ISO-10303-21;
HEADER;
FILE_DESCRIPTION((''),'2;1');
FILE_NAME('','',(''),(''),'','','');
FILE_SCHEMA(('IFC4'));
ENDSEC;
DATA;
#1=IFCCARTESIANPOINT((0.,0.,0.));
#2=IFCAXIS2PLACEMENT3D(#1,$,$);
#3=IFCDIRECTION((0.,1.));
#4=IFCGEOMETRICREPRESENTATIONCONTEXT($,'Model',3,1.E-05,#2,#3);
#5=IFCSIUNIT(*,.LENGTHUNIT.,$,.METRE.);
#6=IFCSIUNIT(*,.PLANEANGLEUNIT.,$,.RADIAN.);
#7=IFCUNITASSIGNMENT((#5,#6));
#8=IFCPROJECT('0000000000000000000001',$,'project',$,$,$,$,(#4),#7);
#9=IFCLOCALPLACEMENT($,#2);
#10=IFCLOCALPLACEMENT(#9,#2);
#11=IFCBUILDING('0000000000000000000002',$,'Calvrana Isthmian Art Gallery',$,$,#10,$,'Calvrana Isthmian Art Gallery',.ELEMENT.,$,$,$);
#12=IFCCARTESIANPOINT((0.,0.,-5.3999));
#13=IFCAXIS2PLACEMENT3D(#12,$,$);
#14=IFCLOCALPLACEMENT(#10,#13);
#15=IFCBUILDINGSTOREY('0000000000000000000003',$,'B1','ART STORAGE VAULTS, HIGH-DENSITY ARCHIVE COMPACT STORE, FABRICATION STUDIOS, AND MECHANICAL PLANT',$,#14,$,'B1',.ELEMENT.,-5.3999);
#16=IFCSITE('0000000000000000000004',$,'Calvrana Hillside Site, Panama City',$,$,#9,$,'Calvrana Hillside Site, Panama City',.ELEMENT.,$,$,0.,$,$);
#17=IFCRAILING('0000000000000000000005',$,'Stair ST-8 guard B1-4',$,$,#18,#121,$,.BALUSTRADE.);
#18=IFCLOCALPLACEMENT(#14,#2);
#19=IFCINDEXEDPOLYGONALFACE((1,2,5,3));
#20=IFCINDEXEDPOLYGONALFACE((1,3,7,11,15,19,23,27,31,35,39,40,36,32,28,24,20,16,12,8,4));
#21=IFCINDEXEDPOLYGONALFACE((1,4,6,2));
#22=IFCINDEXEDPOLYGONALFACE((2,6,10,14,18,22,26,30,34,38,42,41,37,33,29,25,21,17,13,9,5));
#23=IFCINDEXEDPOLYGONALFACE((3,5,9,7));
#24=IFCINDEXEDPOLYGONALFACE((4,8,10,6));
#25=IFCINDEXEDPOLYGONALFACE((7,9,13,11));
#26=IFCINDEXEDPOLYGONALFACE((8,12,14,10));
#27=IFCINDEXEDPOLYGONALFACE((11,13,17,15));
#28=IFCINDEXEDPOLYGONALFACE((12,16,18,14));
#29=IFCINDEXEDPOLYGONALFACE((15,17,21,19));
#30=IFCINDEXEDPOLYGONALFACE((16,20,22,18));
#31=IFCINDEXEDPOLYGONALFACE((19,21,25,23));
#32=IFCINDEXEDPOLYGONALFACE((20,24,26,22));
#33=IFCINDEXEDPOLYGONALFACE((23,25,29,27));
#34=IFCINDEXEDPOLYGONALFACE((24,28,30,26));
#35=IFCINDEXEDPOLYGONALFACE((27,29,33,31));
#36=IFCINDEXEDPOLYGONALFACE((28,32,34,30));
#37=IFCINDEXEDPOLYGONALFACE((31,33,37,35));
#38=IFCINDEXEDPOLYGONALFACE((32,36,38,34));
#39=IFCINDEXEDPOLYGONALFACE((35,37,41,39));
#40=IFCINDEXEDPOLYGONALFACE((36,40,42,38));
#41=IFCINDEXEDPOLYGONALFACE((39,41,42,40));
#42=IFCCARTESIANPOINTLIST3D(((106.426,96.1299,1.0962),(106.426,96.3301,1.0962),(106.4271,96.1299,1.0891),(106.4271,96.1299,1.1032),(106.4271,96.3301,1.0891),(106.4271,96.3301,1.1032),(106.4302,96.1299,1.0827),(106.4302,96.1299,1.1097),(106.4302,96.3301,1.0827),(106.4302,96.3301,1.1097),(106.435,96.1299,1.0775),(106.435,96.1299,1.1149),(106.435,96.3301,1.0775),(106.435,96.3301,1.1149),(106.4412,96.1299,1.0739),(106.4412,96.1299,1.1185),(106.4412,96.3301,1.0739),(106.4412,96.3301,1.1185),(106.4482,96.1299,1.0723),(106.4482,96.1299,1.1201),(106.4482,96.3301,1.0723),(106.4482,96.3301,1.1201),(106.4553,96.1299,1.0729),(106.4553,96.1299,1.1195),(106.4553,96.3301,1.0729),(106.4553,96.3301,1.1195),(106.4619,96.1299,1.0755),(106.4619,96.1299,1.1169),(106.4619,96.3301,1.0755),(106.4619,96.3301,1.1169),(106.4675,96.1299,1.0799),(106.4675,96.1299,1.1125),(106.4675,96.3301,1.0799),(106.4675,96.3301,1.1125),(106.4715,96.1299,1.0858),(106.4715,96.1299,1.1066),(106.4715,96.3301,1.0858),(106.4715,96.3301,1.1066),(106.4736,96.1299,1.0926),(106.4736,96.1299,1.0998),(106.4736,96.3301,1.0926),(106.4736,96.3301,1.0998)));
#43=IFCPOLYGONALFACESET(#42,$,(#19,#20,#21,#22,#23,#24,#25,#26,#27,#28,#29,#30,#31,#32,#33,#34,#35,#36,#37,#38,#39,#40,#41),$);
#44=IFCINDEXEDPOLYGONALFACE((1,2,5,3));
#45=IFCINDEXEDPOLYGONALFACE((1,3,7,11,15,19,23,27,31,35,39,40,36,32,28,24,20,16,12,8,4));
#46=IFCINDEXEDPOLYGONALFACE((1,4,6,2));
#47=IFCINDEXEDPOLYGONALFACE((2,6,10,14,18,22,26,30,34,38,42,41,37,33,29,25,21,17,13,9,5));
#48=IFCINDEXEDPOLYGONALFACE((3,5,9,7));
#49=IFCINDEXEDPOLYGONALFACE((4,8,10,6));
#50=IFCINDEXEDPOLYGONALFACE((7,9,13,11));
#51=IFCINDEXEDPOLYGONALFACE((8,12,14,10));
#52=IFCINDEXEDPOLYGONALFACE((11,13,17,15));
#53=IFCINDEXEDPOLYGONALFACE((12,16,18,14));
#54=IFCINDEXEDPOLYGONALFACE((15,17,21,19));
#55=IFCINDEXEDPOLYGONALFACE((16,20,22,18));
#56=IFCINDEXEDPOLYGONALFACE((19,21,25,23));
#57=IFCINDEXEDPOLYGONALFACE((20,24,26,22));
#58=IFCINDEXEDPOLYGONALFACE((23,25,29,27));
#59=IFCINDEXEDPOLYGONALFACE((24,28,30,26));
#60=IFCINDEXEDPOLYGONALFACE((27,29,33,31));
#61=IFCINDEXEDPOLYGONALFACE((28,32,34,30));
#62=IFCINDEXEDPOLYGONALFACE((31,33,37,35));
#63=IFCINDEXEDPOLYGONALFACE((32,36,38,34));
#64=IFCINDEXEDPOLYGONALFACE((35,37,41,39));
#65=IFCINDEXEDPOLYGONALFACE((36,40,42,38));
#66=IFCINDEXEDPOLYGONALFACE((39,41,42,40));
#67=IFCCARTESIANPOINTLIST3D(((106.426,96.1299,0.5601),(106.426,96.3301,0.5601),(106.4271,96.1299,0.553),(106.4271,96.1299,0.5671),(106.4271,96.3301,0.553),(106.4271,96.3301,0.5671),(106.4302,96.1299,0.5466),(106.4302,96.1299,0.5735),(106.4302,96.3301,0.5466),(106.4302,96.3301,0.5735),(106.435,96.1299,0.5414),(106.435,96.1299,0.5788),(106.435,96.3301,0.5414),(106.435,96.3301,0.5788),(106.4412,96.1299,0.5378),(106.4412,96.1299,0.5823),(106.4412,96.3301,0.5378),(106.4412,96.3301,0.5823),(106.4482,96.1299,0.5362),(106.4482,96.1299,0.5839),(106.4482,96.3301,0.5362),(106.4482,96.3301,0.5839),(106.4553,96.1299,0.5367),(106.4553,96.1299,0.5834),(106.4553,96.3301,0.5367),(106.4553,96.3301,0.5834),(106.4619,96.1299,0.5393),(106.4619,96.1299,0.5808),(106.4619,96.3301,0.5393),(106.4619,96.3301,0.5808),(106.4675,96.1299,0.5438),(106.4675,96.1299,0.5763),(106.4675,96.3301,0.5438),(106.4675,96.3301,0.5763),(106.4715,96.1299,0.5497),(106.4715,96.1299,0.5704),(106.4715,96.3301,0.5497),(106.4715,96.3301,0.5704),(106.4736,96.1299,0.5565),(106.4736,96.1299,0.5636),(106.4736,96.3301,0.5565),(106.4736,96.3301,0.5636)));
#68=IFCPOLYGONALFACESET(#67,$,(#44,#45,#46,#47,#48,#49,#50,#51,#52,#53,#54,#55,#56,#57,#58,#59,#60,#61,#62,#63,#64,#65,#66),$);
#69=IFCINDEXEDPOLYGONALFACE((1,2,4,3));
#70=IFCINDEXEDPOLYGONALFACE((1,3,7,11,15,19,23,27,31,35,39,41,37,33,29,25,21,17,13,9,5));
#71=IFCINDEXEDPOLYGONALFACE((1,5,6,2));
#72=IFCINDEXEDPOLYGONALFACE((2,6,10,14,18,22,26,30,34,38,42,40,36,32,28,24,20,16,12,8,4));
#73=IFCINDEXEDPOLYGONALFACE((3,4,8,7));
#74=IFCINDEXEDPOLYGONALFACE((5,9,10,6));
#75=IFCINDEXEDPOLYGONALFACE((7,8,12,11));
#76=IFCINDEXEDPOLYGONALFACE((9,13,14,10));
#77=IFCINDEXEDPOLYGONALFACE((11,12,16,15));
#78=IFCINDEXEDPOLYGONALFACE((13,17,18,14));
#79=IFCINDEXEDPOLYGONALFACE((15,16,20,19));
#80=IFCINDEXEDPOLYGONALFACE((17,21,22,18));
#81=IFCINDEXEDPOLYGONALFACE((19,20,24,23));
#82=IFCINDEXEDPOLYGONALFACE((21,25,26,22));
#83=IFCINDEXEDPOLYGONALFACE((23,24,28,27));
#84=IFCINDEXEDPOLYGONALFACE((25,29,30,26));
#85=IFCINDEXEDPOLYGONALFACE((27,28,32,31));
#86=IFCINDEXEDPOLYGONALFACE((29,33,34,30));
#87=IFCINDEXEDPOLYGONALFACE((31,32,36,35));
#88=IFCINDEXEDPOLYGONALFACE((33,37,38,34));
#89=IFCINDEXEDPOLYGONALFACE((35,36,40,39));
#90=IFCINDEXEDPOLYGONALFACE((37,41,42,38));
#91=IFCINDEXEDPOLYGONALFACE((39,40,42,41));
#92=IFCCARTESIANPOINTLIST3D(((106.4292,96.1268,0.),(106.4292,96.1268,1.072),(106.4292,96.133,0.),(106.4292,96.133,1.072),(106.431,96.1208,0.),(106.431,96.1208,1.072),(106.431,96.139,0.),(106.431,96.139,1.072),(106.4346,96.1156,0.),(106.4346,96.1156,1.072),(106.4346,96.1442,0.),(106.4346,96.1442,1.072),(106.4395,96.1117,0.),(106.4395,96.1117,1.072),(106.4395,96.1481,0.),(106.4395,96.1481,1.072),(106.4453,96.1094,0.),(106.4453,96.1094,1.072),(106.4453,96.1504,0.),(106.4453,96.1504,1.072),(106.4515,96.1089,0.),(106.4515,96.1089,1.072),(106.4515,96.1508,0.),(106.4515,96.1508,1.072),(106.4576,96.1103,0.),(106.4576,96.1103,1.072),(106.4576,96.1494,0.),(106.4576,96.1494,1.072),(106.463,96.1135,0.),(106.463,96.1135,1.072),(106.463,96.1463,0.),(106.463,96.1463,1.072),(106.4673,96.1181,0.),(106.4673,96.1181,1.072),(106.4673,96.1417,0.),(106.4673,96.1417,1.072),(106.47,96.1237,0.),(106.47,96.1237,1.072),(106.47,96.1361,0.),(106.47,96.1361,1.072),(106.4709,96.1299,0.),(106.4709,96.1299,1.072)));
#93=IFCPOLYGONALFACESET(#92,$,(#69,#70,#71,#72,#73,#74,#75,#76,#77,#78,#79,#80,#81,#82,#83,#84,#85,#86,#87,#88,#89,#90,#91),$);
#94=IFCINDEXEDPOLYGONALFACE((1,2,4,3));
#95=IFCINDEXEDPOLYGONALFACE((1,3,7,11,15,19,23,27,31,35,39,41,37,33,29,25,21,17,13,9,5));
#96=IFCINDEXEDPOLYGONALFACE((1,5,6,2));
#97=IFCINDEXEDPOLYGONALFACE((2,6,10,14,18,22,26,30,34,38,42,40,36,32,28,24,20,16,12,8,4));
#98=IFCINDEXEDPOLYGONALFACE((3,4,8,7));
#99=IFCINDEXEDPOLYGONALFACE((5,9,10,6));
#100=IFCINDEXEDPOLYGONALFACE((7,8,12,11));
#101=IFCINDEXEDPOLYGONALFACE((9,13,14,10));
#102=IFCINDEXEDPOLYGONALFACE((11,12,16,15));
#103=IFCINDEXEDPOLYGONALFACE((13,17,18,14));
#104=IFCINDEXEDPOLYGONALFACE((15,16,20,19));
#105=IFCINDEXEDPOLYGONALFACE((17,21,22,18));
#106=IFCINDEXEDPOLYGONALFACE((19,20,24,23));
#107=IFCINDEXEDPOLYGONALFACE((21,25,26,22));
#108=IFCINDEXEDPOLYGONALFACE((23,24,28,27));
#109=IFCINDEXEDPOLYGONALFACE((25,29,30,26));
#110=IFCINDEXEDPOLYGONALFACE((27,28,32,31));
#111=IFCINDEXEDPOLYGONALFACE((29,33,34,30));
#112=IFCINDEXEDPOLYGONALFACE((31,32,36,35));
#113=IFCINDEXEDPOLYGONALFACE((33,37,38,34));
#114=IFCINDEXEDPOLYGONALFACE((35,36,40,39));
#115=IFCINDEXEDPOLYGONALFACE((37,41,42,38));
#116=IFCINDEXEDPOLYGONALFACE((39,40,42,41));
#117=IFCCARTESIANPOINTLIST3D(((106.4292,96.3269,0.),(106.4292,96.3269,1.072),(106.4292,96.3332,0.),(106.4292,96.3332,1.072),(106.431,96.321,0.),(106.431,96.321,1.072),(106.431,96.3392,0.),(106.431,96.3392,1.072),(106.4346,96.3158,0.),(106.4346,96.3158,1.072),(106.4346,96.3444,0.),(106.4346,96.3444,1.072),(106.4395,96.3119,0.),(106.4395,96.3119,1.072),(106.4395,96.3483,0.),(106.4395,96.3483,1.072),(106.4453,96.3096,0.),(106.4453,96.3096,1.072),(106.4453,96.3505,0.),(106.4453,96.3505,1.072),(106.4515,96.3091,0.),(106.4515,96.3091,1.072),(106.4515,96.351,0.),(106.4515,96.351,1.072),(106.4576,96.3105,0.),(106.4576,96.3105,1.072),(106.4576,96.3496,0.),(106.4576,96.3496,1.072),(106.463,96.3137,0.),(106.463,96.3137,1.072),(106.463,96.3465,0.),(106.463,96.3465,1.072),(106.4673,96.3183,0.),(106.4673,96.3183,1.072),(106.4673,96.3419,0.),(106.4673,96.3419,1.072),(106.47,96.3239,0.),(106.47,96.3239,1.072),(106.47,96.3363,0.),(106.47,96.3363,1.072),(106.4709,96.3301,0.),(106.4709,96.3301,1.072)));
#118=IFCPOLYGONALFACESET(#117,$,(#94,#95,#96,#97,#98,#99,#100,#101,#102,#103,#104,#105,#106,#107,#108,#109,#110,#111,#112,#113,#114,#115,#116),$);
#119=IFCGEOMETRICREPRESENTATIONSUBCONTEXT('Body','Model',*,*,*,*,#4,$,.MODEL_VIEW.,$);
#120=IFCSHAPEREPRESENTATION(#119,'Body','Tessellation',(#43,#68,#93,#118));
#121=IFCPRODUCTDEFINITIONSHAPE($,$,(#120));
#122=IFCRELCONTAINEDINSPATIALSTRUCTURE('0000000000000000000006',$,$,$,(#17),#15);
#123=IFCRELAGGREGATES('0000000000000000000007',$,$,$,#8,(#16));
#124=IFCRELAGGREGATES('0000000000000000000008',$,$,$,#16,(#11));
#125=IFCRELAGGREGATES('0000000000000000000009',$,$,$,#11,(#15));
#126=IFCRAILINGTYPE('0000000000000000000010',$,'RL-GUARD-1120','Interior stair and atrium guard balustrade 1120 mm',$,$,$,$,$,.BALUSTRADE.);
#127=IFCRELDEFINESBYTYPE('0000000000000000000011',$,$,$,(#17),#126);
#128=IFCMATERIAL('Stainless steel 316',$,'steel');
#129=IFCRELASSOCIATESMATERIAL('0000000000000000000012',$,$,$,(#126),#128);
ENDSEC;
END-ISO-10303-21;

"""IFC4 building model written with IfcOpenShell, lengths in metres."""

from ifc_helpers import new_model, si_unit, direction, frame, origin, origin_2d, place, context, subcontext, project, spatial, circle, extrude, material, type_object, element, save


model = new_model("IFC4")

# Units and contexts
model_context = context("Model", 3, precision=1e-05, world=origin(), true_north=direction((0.0, 1.0)))
body_context = subcontext(model_context, "Body", "Model", "MODEL_VIEW")
ifc_project = project(units=[si_unit("LENGTHUNIT", "METRE"), si_unit("PLANEANGLEUNIT", "RADIAN")], contexts=[model_context])

# Site, building, storey
site_placement = place(None, origin())
site = spatial("IfcSite", under=ifc_project, at=site_placement, Name="Calvrana Hillside Site, Panama City", LongName="Calvrana Hillside Site, Panama City", CompositionType="ELEMENT", RefElevation=0.0)
building_placement = place(site_placement, origin())
building = spatial("IfcBuilding", under=site, at=building_placement, Name="Calvrana Isthmian Art Gallery", LongName="Calvrana Isthmian Art Gallery", CompositionType="ELEMENT")
storey_placement = place(building_placement, frame((0.0, 0.0, -5.3999)))
storey = spatial("IfcBuildingStorey", under=building, at=storey_placement, Name="B1", Description="ART STORAGE VAULTS, HIGH-DENSITY ARCHIVE COMPACT STORE, FABRICATION STUDIOS, AND MECHANICAL PLANT", LongName="B1", CompositionType="ELEMENT", Elevation=-5.3999)

# Railing
ifc_material_1 = material(Name="Stainless steel 316", Category="steel")
railing_type_1 = type_object("IfcRailingType", Name="RL-GUARD-1120", Description="Interior stair and atrium guard balustrade 1120 mm", PredefinedType="BALUSTRADE", material=ifc_material_1)
railing_1_placement = place(storey_placement, frame((106.45, 96.1299, 0.0)))
element("IfcRailing", 1, at=railing_1_placement, inside=storey, type_object=railing_type_1, Name="Stair ST-8 guard B1-4", PredefinedType="BALUSTRADE", context=body_context, shape_type="SweptSolid", body=[
    extrude(circle(Radius=0.0239, at=origin_2d()), frame((0.0, 0.0, 1.0962), z_axis=(0.0, 1.0, 0.0), x_axis=(-1.0, 0.0, 0.0)), (0.0, 0.0, 1.0), 0.2002),
    extrude(circle(Radius=0.0239, at=origin_2d()), frame((0.0, 0.0, 0.5601), z_axis=(0.0, 1.0, 0.0), x_axis=(-1.0, 0.0, 0.0)), (0.0, 0.0, 1.0), 0.2002),
    extrude(circle(Radius=0.021, at=origin_2d()), origin(), (0.0, 0.0, 1.0), 1.072),
    extrude(circle(Radius=0.021, at=origin_2d()), frame((0.0, 0.2002, 0.0)), (0.0, 0.0, 1.0), 1.072),
])

save(model, "model.ifc")
